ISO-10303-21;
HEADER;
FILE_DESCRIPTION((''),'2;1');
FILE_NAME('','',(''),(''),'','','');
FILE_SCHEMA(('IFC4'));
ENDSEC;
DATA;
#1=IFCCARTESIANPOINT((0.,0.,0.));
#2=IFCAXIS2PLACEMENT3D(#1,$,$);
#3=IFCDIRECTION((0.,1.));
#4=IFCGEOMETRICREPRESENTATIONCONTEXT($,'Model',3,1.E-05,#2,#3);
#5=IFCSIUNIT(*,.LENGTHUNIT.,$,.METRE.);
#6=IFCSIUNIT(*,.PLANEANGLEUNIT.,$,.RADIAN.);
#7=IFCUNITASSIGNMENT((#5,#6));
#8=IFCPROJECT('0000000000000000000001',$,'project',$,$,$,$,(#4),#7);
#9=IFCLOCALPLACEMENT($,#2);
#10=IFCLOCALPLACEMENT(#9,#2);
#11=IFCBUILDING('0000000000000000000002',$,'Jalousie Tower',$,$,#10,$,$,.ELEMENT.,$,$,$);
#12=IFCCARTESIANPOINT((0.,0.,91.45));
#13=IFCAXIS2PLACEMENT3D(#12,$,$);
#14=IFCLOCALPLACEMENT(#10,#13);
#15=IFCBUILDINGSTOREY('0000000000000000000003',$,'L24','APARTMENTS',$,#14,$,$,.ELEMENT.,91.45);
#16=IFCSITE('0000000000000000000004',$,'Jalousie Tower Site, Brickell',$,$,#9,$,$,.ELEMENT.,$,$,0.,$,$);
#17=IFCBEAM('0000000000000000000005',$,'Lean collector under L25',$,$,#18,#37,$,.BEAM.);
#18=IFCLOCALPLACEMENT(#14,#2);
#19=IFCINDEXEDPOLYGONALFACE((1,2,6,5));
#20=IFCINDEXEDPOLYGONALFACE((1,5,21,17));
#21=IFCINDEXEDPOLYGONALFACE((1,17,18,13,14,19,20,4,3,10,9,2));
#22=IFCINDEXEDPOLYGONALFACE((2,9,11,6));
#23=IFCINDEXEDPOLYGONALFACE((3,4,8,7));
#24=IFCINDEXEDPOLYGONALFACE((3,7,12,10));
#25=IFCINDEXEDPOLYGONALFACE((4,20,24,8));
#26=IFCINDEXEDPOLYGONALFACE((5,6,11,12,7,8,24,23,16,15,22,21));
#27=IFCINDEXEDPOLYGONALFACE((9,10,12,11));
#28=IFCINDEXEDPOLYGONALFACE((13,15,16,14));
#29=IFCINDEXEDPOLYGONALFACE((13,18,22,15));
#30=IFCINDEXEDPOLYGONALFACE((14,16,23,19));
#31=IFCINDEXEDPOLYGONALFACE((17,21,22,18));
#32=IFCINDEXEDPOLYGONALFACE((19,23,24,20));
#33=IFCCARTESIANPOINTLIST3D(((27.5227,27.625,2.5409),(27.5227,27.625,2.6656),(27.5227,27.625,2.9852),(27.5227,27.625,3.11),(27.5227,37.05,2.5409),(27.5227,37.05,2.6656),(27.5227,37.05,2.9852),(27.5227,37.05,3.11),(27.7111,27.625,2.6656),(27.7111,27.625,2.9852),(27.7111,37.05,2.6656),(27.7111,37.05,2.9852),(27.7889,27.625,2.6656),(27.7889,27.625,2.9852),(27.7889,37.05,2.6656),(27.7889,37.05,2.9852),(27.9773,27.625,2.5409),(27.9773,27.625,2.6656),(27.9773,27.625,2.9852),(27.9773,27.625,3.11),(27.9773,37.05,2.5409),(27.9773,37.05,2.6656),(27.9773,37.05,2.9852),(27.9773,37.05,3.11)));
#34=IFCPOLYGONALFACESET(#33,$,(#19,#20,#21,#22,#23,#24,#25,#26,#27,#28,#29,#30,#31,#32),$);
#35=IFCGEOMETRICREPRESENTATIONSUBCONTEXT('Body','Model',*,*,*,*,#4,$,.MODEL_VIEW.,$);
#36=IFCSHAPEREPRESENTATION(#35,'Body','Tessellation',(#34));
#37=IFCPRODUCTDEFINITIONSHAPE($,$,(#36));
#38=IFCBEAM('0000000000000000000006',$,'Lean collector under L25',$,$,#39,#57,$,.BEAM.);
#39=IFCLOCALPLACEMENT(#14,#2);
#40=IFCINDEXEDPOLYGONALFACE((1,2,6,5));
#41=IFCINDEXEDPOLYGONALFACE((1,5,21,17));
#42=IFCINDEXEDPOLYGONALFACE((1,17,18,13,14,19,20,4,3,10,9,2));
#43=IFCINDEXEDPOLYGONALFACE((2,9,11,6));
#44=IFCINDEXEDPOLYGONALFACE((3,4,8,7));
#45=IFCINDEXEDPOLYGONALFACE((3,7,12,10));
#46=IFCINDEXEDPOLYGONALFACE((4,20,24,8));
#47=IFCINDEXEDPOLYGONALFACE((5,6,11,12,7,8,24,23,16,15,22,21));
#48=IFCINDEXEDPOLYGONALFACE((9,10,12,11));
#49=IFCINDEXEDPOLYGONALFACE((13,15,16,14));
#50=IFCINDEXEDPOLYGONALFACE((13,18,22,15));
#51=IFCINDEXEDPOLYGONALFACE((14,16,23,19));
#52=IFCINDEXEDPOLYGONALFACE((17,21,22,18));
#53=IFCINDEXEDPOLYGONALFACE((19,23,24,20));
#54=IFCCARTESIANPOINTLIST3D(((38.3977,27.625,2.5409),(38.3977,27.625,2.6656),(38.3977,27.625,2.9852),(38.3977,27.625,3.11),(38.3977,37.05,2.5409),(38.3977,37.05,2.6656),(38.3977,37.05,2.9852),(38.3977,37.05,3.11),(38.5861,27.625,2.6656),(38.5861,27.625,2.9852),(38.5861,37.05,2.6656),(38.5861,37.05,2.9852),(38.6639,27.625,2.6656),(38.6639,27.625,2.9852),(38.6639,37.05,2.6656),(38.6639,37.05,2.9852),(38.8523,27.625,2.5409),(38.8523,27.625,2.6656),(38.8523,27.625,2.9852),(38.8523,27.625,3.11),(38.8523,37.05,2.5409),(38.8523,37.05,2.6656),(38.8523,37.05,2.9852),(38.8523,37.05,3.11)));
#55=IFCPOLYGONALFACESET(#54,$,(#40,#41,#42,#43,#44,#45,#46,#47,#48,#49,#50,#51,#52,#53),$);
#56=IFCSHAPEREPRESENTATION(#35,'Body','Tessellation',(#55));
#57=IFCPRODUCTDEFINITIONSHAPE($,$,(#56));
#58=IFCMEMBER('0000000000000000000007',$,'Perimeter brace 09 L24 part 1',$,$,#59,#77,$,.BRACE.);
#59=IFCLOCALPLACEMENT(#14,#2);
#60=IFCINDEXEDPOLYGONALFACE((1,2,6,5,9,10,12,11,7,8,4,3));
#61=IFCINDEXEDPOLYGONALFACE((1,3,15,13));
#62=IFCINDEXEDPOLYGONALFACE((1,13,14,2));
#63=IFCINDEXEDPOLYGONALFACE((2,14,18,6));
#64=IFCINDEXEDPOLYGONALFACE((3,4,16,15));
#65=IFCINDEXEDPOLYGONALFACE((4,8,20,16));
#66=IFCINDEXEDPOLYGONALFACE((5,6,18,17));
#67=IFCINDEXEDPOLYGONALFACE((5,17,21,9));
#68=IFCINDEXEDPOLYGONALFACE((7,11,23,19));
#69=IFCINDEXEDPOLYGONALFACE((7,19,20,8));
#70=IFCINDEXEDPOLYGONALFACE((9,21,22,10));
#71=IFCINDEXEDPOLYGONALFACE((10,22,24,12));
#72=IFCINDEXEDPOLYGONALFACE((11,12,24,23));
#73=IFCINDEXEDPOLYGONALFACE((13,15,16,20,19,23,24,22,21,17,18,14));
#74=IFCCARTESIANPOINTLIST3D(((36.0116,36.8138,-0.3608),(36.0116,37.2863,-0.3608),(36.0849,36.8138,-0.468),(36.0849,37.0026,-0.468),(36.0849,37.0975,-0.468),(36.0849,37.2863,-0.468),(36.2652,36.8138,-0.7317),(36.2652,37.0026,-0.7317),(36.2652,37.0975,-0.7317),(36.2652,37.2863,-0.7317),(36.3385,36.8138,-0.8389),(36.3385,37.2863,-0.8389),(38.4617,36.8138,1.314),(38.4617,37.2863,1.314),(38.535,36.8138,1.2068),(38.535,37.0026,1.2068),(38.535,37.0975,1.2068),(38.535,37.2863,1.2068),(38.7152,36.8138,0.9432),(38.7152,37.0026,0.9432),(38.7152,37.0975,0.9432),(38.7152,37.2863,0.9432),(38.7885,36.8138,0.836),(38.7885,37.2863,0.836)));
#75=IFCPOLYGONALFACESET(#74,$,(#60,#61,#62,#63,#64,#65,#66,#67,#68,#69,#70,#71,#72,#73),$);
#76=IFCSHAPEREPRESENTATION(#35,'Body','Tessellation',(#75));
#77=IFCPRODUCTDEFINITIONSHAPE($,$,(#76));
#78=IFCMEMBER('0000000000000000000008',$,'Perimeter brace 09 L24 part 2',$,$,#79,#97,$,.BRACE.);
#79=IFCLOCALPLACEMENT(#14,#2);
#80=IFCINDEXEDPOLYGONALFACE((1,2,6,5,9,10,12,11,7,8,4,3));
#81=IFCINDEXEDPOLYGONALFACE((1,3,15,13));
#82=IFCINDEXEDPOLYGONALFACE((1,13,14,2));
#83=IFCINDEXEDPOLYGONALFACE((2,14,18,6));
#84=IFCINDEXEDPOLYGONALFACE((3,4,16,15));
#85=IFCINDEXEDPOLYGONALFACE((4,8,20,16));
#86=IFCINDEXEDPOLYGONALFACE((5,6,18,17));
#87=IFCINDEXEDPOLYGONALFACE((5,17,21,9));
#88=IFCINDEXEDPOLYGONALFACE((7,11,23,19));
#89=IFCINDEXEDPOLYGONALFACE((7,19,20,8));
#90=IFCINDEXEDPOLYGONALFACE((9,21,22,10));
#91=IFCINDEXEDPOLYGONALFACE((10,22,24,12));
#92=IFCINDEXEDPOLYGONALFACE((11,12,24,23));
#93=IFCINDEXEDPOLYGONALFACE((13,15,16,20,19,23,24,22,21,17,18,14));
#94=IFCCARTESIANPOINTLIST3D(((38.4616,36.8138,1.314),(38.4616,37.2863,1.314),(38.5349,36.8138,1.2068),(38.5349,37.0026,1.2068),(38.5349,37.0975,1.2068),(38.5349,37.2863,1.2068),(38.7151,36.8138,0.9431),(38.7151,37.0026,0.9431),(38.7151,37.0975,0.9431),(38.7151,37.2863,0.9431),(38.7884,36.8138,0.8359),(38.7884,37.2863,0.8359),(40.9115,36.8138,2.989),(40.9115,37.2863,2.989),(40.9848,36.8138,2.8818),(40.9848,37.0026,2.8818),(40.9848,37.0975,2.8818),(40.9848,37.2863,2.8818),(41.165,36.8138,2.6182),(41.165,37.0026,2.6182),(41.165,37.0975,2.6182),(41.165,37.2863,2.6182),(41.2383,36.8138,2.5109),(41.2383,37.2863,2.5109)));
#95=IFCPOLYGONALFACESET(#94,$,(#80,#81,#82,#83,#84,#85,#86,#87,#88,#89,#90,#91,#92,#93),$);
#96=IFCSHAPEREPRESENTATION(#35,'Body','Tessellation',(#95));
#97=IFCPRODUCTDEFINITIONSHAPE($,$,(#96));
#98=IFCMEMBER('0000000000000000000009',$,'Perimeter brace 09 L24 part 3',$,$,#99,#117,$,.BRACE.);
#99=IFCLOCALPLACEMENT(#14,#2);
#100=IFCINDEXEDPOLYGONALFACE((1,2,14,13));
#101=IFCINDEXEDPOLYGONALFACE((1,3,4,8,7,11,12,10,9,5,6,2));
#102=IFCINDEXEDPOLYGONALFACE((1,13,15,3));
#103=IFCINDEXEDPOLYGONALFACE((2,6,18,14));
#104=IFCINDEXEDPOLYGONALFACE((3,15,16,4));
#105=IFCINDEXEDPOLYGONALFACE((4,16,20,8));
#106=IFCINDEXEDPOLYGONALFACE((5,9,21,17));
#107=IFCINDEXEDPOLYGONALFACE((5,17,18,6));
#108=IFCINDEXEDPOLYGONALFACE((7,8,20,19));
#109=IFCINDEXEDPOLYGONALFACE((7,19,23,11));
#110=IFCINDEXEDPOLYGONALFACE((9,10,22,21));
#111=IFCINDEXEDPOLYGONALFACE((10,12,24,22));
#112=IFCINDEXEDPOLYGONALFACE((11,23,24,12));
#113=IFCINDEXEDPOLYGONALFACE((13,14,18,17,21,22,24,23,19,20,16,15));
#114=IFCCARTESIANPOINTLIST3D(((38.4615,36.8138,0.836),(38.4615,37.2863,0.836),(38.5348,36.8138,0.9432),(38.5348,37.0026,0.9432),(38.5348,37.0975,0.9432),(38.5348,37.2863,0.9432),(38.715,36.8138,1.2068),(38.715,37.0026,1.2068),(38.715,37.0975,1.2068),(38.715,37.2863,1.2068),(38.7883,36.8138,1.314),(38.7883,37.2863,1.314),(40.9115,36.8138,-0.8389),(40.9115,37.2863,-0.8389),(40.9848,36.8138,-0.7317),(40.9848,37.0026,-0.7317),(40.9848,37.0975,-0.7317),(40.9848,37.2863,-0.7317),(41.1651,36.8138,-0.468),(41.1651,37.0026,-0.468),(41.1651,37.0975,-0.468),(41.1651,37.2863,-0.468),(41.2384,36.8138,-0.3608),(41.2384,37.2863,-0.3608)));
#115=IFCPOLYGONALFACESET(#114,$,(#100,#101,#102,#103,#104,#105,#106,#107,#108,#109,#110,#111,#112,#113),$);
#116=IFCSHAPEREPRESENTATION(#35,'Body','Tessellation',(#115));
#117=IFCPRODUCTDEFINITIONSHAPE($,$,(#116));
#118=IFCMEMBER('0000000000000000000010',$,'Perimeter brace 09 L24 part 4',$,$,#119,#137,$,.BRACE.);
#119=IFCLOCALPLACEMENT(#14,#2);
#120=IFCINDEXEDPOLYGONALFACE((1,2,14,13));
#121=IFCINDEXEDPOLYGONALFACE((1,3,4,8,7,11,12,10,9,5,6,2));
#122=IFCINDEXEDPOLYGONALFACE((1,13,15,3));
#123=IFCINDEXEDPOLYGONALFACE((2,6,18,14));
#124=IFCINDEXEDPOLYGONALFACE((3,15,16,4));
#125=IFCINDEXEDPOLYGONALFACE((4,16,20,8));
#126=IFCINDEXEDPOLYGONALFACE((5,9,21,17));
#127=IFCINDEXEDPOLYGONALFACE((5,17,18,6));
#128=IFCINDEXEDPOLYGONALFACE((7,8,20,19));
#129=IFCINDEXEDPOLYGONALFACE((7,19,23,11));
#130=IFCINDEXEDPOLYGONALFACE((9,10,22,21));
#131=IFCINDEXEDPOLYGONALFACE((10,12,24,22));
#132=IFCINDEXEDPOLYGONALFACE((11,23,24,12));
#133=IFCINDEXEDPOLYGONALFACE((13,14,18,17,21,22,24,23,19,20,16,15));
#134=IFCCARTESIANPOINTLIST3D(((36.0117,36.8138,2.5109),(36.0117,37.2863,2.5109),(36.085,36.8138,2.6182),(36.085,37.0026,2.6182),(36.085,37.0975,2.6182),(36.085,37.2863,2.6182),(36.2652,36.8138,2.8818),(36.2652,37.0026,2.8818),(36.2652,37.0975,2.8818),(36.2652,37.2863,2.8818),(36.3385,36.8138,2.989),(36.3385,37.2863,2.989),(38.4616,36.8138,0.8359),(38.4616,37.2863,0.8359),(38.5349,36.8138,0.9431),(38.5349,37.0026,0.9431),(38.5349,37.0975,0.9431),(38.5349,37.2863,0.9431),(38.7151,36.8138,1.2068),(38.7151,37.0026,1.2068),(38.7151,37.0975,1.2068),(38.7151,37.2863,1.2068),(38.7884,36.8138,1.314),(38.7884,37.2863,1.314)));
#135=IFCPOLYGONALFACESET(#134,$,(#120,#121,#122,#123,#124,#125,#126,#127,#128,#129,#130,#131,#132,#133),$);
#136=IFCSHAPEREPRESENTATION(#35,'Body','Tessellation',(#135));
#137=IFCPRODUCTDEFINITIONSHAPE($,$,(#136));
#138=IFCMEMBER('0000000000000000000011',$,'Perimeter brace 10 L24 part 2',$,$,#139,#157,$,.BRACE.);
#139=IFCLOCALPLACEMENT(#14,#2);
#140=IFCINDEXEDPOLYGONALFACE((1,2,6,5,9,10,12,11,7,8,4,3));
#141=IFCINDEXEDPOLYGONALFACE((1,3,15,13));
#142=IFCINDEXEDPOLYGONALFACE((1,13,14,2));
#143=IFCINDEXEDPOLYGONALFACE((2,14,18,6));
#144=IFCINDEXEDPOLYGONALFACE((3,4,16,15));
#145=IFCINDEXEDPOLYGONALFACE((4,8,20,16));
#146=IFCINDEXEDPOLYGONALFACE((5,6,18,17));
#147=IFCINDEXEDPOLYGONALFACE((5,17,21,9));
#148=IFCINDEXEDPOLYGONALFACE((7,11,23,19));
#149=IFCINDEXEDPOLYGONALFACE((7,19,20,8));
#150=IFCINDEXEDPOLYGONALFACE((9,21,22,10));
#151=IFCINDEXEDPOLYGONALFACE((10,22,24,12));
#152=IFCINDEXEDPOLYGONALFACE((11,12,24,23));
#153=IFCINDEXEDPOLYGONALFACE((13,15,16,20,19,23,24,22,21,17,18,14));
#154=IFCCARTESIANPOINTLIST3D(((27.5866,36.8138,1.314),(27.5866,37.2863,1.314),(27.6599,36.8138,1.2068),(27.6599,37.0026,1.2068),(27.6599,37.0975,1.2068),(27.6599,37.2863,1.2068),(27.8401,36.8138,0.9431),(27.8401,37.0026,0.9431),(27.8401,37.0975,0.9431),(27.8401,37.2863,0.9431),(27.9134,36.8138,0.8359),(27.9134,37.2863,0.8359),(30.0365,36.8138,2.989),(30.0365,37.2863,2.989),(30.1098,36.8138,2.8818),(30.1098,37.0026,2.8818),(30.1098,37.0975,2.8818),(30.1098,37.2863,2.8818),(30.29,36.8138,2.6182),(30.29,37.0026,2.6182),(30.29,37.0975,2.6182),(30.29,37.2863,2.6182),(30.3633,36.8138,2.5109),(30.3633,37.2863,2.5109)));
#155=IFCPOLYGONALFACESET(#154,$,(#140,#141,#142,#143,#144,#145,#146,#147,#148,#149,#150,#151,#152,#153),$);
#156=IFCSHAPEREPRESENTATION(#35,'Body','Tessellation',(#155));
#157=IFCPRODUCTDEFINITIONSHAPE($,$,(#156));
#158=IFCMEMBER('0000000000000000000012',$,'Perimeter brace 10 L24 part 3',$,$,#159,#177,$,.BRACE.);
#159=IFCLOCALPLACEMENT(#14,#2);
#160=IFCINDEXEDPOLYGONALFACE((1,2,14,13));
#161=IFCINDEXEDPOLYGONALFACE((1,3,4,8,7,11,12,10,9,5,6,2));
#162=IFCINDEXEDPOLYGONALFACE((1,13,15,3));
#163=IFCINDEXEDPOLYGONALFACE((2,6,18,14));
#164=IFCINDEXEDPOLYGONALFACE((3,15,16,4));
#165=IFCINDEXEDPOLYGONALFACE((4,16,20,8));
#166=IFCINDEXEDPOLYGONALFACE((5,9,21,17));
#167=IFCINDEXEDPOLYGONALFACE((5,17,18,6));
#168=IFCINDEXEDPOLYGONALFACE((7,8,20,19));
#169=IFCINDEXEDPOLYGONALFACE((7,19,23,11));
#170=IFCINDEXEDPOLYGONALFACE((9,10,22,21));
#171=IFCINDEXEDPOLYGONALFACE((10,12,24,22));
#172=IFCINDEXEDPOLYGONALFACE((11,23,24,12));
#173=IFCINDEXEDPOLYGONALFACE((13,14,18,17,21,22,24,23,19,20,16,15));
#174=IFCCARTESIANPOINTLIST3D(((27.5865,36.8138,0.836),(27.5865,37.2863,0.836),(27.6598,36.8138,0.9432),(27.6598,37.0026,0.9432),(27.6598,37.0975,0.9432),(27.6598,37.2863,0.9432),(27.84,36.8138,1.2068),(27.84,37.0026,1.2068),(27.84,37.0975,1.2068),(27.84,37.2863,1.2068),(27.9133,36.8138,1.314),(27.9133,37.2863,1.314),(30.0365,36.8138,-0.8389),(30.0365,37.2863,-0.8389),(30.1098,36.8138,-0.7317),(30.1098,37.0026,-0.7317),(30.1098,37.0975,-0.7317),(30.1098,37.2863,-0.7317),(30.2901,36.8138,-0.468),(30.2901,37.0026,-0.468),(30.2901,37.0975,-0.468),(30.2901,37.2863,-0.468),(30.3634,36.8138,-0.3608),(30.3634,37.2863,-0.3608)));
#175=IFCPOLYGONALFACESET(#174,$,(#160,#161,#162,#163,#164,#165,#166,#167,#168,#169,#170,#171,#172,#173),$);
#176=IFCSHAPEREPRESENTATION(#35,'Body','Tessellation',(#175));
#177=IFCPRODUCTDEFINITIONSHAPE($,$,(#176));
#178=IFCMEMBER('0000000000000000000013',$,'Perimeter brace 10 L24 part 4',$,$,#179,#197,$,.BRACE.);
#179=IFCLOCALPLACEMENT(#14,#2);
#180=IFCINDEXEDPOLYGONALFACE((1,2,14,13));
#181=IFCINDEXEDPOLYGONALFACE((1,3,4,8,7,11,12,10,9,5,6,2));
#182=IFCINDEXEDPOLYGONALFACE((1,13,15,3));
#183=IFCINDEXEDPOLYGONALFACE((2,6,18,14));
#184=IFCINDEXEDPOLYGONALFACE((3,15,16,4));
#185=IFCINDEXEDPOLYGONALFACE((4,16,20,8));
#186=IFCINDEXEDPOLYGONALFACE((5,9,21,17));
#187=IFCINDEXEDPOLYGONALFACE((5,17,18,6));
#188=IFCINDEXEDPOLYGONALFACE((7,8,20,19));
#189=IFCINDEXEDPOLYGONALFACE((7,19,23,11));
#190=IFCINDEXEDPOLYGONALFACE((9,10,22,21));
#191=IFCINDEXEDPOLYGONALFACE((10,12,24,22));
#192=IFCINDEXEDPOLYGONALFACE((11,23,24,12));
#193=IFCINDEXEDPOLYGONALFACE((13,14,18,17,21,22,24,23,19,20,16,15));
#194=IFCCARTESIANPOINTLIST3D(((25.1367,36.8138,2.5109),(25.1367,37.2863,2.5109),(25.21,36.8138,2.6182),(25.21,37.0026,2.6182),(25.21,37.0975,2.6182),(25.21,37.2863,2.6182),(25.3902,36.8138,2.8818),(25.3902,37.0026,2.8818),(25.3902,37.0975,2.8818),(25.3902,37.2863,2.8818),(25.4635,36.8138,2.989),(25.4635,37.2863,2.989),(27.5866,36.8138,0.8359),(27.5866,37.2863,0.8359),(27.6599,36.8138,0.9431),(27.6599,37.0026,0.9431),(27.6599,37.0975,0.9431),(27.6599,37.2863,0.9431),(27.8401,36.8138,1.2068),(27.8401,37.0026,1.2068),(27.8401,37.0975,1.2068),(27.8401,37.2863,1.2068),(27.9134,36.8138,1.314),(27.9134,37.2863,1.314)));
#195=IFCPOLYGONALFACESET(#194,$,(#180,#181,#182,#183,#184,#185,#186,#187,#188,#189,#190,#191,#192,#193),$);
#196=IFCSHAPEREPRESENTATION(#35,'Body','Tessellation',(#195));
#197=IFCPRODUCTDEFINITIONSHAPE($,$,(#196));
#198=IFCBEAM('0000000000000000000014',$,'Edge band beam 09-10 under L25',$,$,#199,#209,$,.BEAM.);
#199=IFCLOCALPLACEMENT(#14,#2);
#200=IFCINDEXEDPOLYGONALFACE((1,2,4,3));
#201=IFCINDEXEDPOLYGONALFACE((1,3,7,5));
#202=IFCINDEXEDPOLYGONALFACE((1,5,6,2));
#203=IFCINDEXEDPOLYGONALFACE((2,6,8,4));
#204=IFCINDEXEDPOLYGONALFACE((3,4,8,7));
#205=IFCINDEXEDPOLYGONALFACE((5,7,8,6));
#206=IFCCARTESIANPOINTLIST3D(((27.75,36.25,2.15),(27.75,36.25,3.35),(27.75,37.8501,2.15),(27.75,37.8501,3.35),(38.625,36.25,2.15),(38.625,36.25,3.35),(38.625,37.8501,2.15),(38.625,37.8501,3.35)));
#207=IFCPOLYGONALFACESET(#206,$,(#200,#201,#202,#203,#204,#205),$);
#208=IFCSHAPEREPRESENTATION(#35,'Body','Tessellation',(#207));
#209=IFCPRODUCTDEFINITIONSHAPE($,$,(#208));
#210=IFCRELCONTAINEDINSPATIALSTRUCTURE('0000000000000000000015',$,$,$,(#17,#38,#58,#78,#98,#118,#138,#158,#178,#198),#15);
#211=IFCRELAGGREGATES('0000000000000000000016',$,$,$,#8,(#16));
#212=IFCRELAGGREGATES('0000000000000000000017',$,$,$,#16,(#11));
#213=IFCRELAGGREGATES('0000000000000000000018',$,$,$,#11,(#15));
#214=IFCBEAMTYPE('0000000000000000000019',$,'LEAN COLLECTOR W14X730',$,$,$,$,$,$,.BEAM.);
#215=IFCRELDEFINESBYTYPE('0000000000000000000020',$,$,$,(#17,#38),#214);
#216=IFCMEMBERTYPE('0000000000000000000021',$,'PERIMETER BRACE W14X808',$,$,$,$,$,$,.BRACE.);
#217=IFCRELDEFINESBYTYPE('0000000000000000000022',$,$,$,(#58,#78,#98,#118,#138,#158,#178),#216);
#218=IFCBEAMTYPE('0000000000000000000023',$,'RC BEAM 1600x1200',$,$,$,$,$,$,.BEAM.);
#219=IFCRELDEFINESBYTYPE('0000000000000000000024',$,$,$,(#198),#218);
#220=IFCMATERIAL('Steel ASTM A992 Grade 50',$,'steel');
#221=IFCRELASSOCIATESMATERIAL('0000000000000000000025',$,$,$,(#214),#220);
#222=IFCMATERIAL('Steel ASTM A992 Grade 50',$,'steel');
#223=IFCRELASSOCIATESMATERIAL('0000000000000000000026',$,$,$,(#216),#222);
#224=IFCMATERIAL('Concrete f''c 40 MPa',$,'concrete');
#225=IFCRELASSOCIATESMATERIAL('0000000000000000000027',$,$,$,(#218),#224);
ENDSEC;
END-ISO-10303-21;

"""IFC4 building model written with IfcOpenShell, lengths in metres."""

from ifc_helpers import new_model, si_unit, direction, frame, origin, origin_2d, place, context, subcontext, project, spatial, rectangle, i_section, extrude, material, material_profile, profile_set, type_object, element, save


model = new_model("IFC4")

# Units and contexts
model_context = context("Model", 3, precision=1e-05, world=origin(), true_north=direction((0.0, 1.0)))
body_context = subcontext(model_context, "Body", "Model", "MODEL_VIEW")
ifc_project = project(units=[si_unit("LENGTHUNIT", "METRE"), si_unit("PLANEANGLEUNIT", "RADIAN")], contexts=[model_context])

# Site, building, storey
site_placement = place(None, origin())
site = spatial("IfcSite", under=ifc_project, at=site_placement, Name="Jalousie Tower Site, Brickell", CompositionType="ELEMENT", RefElevation=0.0)
building_placement = place(site_placement, origin())
building = spatial("IfcBuilding", under=site, at=building_placement, Name="Jalousie Tower", CompositionType="ELEMENT")
storey_placement = place(building_placement, frame((0.0, 0.0, 91.45)))
storey = spatial("IfcBuildingStorey", under=building, at=storey_placement, Name="L24", Description="APARTMENTS", CompositionType="ELEMENT", Elevation=91.45)

# Beams
ifc_material_1 = material(Name="Steel ASTM A992 Grade 50", Category="steel")
ifc_material_profile_1 = material_profile(ifc_material_1, i_section(OverallWidth=0.4546, OverallDepth=0.5691, WebThickness=0.0779, FlangeThickness=0.1248, at=origin_2d()), Name="W14X730")
ifc_profile_set_1 = profile_set([ifc_material_profile_1], Name="Steel ASTM A992 Grade 50")
beam_type_1 = type_object("IfcBeamType", Name="LEAN COLLECTOR W14X730", PredefinedType="BEAM", material=ifc_profile_set_1)
for number, where, z_axis, x_axis, name in (
    (1, (27.75, 37.05, 2.8254), (0.0, -1.0, 0.0), (1.0, 0.0, 0.0), "Lean collector under L25"),
    (2, (38.625, 37.05, 2.8254), (0.0, -1.0, 0.0), (1.0, 0.0, 0.0), "Lean collector under L25"),
):
    element("IfcBeam", number, at=place(storey_placement, frame(where, z_axis=z_axis, x_axis=x_axis)), inside=storey, type_object=beam_type_1, Name=name, PredefinedType="BEAM", context=body_context, shape_type="SweptSolid", body=[
        extrude(i_section(OverallWidth=0.4546, OverallDepth=0.5691, WebThickness=0.0779, FlangeThickness=0.1248, at=origin_2d()), origin(), (0.0, 0.0, 1.0), 9.425),
    ])

# Members
ifc_material_2 = material(Name="Steel ASTM A992 Grade 50", Category="steel")
ifc_material_profile_2 = material_profile(ifc_material_2, i_section(OverallWidth=0.4724, OverallDepth=0.5791, WebThickness=0.095, FlangeThickness=0.1299, at=origin_2d()), Name="W14X808")
ifc_profile_set_2 = profile_set([ifc_material_profile_2], Name="Steel ASTM A992 Grade 50")
member_type_1 = type_object("IfcMemberType", Name="PERIMETER BRACE W14X808", PredefinedType="BRACE", material=ifc_profile_set_2)
for number, where, z_axis, x_axis, name in (
    (3, (36.175, 37.05, -0.5999), (0.825539, 0.0, 0.564345), (0.0, 1.0, 0.0), "Perimeter brace 09 L24 part 1"),
    (4, (38.625, 37.05, 1.075), (0.825501, 0.0, 0.564401), (0.0, 1.0, 0.0), "Perimeter brace 09 L24 part 2"),
    (5, (41.075, 37.05, -0.5999), (-0.825539, 0.0, 0.564345), (0.0, -1.0, 0.0), "Perimeter brace 09 L24 part 3"),
    (6, (38.625, 37.05, 1.075), (-0.825501, 0.0, 0.564401), (0.0, -1.0, 0.0), "Perimeter brace 09 L24 part 4"),
    (7, (27.75, 37.05, 1.075), (0.825501, 0.0, 0.564401), (0.0, 1.0, 0.0), "Perimeter brace 10 L24 part 2"),
    (8, (30.2, 37.05, -0.5999), (-0.825539, 0.0, 0.564345), (0.0, -1.0, 0.0), "Perimeter brace 10 L24 part 3"),
    (9, (27.75, 37.05, 1.075), (-0.825501, 0.0, 0.564401), (0.0, -1.0, 0.0), "Perimeter brace 10 L24 part 4"),
):
    element("IfcMember", number, at=place(storey_placement, frame(where, z_axis=z_axis, x_axis=x_axis)), inside=storey, type_object=member_type_1, Name=name, PredefinedType="BRACE", context=body_context, shape_type="SweptSolid", body=[
        extrude(i_section(OverallWidth=0.4724, OverallDepth=0.5791, WebThickness=0.095, FlangeThickness=0.1299, at=origin_2d()), origin(), (0.0, 0.0, 1.0), 2.9678),
    ])

# Beam
ifc_material_3 = material(Name="Concrete f'c 40 MPa", Category="concrete")
ifc_material_profile_3 = material_profile(ifc_material_3, rectangle(XDim=1.6001, YDim=1.2, at=origin_2d()), Name="RC 1600x1200")
ifc_profile_set_3 = profile_set([ifc_material_profile_3], Name="Concrete f'c 40 MPa")
beam_type_2 = type_object("IfcBeamType", Name="RC BEAM 1600x1200", PredefinedType="BEAM", material=ifc_profile_set_3)
beam_placement = place(storey_placement, frame((38.625, 37.05, 2.75), z_axis=(-1.0, 0.0, 0.0), x_axis=(0.0, -1.0, 0.0)))
element("IfcBeam", 10, at=beam_placement, inside=storey, type_object=beam_type_2, Name="Edge band beam 09-10 under L25", PredefinedType="BEAM", context=body_context, shape_type="SweptSolid", body=[
    extrude(rectangle(XDim=1.6001, YDim=1.2, at=origin_2d()), origin(), (0.0, 0.0, 1.0), 10.875),
])

save(model, "model.ifc")
